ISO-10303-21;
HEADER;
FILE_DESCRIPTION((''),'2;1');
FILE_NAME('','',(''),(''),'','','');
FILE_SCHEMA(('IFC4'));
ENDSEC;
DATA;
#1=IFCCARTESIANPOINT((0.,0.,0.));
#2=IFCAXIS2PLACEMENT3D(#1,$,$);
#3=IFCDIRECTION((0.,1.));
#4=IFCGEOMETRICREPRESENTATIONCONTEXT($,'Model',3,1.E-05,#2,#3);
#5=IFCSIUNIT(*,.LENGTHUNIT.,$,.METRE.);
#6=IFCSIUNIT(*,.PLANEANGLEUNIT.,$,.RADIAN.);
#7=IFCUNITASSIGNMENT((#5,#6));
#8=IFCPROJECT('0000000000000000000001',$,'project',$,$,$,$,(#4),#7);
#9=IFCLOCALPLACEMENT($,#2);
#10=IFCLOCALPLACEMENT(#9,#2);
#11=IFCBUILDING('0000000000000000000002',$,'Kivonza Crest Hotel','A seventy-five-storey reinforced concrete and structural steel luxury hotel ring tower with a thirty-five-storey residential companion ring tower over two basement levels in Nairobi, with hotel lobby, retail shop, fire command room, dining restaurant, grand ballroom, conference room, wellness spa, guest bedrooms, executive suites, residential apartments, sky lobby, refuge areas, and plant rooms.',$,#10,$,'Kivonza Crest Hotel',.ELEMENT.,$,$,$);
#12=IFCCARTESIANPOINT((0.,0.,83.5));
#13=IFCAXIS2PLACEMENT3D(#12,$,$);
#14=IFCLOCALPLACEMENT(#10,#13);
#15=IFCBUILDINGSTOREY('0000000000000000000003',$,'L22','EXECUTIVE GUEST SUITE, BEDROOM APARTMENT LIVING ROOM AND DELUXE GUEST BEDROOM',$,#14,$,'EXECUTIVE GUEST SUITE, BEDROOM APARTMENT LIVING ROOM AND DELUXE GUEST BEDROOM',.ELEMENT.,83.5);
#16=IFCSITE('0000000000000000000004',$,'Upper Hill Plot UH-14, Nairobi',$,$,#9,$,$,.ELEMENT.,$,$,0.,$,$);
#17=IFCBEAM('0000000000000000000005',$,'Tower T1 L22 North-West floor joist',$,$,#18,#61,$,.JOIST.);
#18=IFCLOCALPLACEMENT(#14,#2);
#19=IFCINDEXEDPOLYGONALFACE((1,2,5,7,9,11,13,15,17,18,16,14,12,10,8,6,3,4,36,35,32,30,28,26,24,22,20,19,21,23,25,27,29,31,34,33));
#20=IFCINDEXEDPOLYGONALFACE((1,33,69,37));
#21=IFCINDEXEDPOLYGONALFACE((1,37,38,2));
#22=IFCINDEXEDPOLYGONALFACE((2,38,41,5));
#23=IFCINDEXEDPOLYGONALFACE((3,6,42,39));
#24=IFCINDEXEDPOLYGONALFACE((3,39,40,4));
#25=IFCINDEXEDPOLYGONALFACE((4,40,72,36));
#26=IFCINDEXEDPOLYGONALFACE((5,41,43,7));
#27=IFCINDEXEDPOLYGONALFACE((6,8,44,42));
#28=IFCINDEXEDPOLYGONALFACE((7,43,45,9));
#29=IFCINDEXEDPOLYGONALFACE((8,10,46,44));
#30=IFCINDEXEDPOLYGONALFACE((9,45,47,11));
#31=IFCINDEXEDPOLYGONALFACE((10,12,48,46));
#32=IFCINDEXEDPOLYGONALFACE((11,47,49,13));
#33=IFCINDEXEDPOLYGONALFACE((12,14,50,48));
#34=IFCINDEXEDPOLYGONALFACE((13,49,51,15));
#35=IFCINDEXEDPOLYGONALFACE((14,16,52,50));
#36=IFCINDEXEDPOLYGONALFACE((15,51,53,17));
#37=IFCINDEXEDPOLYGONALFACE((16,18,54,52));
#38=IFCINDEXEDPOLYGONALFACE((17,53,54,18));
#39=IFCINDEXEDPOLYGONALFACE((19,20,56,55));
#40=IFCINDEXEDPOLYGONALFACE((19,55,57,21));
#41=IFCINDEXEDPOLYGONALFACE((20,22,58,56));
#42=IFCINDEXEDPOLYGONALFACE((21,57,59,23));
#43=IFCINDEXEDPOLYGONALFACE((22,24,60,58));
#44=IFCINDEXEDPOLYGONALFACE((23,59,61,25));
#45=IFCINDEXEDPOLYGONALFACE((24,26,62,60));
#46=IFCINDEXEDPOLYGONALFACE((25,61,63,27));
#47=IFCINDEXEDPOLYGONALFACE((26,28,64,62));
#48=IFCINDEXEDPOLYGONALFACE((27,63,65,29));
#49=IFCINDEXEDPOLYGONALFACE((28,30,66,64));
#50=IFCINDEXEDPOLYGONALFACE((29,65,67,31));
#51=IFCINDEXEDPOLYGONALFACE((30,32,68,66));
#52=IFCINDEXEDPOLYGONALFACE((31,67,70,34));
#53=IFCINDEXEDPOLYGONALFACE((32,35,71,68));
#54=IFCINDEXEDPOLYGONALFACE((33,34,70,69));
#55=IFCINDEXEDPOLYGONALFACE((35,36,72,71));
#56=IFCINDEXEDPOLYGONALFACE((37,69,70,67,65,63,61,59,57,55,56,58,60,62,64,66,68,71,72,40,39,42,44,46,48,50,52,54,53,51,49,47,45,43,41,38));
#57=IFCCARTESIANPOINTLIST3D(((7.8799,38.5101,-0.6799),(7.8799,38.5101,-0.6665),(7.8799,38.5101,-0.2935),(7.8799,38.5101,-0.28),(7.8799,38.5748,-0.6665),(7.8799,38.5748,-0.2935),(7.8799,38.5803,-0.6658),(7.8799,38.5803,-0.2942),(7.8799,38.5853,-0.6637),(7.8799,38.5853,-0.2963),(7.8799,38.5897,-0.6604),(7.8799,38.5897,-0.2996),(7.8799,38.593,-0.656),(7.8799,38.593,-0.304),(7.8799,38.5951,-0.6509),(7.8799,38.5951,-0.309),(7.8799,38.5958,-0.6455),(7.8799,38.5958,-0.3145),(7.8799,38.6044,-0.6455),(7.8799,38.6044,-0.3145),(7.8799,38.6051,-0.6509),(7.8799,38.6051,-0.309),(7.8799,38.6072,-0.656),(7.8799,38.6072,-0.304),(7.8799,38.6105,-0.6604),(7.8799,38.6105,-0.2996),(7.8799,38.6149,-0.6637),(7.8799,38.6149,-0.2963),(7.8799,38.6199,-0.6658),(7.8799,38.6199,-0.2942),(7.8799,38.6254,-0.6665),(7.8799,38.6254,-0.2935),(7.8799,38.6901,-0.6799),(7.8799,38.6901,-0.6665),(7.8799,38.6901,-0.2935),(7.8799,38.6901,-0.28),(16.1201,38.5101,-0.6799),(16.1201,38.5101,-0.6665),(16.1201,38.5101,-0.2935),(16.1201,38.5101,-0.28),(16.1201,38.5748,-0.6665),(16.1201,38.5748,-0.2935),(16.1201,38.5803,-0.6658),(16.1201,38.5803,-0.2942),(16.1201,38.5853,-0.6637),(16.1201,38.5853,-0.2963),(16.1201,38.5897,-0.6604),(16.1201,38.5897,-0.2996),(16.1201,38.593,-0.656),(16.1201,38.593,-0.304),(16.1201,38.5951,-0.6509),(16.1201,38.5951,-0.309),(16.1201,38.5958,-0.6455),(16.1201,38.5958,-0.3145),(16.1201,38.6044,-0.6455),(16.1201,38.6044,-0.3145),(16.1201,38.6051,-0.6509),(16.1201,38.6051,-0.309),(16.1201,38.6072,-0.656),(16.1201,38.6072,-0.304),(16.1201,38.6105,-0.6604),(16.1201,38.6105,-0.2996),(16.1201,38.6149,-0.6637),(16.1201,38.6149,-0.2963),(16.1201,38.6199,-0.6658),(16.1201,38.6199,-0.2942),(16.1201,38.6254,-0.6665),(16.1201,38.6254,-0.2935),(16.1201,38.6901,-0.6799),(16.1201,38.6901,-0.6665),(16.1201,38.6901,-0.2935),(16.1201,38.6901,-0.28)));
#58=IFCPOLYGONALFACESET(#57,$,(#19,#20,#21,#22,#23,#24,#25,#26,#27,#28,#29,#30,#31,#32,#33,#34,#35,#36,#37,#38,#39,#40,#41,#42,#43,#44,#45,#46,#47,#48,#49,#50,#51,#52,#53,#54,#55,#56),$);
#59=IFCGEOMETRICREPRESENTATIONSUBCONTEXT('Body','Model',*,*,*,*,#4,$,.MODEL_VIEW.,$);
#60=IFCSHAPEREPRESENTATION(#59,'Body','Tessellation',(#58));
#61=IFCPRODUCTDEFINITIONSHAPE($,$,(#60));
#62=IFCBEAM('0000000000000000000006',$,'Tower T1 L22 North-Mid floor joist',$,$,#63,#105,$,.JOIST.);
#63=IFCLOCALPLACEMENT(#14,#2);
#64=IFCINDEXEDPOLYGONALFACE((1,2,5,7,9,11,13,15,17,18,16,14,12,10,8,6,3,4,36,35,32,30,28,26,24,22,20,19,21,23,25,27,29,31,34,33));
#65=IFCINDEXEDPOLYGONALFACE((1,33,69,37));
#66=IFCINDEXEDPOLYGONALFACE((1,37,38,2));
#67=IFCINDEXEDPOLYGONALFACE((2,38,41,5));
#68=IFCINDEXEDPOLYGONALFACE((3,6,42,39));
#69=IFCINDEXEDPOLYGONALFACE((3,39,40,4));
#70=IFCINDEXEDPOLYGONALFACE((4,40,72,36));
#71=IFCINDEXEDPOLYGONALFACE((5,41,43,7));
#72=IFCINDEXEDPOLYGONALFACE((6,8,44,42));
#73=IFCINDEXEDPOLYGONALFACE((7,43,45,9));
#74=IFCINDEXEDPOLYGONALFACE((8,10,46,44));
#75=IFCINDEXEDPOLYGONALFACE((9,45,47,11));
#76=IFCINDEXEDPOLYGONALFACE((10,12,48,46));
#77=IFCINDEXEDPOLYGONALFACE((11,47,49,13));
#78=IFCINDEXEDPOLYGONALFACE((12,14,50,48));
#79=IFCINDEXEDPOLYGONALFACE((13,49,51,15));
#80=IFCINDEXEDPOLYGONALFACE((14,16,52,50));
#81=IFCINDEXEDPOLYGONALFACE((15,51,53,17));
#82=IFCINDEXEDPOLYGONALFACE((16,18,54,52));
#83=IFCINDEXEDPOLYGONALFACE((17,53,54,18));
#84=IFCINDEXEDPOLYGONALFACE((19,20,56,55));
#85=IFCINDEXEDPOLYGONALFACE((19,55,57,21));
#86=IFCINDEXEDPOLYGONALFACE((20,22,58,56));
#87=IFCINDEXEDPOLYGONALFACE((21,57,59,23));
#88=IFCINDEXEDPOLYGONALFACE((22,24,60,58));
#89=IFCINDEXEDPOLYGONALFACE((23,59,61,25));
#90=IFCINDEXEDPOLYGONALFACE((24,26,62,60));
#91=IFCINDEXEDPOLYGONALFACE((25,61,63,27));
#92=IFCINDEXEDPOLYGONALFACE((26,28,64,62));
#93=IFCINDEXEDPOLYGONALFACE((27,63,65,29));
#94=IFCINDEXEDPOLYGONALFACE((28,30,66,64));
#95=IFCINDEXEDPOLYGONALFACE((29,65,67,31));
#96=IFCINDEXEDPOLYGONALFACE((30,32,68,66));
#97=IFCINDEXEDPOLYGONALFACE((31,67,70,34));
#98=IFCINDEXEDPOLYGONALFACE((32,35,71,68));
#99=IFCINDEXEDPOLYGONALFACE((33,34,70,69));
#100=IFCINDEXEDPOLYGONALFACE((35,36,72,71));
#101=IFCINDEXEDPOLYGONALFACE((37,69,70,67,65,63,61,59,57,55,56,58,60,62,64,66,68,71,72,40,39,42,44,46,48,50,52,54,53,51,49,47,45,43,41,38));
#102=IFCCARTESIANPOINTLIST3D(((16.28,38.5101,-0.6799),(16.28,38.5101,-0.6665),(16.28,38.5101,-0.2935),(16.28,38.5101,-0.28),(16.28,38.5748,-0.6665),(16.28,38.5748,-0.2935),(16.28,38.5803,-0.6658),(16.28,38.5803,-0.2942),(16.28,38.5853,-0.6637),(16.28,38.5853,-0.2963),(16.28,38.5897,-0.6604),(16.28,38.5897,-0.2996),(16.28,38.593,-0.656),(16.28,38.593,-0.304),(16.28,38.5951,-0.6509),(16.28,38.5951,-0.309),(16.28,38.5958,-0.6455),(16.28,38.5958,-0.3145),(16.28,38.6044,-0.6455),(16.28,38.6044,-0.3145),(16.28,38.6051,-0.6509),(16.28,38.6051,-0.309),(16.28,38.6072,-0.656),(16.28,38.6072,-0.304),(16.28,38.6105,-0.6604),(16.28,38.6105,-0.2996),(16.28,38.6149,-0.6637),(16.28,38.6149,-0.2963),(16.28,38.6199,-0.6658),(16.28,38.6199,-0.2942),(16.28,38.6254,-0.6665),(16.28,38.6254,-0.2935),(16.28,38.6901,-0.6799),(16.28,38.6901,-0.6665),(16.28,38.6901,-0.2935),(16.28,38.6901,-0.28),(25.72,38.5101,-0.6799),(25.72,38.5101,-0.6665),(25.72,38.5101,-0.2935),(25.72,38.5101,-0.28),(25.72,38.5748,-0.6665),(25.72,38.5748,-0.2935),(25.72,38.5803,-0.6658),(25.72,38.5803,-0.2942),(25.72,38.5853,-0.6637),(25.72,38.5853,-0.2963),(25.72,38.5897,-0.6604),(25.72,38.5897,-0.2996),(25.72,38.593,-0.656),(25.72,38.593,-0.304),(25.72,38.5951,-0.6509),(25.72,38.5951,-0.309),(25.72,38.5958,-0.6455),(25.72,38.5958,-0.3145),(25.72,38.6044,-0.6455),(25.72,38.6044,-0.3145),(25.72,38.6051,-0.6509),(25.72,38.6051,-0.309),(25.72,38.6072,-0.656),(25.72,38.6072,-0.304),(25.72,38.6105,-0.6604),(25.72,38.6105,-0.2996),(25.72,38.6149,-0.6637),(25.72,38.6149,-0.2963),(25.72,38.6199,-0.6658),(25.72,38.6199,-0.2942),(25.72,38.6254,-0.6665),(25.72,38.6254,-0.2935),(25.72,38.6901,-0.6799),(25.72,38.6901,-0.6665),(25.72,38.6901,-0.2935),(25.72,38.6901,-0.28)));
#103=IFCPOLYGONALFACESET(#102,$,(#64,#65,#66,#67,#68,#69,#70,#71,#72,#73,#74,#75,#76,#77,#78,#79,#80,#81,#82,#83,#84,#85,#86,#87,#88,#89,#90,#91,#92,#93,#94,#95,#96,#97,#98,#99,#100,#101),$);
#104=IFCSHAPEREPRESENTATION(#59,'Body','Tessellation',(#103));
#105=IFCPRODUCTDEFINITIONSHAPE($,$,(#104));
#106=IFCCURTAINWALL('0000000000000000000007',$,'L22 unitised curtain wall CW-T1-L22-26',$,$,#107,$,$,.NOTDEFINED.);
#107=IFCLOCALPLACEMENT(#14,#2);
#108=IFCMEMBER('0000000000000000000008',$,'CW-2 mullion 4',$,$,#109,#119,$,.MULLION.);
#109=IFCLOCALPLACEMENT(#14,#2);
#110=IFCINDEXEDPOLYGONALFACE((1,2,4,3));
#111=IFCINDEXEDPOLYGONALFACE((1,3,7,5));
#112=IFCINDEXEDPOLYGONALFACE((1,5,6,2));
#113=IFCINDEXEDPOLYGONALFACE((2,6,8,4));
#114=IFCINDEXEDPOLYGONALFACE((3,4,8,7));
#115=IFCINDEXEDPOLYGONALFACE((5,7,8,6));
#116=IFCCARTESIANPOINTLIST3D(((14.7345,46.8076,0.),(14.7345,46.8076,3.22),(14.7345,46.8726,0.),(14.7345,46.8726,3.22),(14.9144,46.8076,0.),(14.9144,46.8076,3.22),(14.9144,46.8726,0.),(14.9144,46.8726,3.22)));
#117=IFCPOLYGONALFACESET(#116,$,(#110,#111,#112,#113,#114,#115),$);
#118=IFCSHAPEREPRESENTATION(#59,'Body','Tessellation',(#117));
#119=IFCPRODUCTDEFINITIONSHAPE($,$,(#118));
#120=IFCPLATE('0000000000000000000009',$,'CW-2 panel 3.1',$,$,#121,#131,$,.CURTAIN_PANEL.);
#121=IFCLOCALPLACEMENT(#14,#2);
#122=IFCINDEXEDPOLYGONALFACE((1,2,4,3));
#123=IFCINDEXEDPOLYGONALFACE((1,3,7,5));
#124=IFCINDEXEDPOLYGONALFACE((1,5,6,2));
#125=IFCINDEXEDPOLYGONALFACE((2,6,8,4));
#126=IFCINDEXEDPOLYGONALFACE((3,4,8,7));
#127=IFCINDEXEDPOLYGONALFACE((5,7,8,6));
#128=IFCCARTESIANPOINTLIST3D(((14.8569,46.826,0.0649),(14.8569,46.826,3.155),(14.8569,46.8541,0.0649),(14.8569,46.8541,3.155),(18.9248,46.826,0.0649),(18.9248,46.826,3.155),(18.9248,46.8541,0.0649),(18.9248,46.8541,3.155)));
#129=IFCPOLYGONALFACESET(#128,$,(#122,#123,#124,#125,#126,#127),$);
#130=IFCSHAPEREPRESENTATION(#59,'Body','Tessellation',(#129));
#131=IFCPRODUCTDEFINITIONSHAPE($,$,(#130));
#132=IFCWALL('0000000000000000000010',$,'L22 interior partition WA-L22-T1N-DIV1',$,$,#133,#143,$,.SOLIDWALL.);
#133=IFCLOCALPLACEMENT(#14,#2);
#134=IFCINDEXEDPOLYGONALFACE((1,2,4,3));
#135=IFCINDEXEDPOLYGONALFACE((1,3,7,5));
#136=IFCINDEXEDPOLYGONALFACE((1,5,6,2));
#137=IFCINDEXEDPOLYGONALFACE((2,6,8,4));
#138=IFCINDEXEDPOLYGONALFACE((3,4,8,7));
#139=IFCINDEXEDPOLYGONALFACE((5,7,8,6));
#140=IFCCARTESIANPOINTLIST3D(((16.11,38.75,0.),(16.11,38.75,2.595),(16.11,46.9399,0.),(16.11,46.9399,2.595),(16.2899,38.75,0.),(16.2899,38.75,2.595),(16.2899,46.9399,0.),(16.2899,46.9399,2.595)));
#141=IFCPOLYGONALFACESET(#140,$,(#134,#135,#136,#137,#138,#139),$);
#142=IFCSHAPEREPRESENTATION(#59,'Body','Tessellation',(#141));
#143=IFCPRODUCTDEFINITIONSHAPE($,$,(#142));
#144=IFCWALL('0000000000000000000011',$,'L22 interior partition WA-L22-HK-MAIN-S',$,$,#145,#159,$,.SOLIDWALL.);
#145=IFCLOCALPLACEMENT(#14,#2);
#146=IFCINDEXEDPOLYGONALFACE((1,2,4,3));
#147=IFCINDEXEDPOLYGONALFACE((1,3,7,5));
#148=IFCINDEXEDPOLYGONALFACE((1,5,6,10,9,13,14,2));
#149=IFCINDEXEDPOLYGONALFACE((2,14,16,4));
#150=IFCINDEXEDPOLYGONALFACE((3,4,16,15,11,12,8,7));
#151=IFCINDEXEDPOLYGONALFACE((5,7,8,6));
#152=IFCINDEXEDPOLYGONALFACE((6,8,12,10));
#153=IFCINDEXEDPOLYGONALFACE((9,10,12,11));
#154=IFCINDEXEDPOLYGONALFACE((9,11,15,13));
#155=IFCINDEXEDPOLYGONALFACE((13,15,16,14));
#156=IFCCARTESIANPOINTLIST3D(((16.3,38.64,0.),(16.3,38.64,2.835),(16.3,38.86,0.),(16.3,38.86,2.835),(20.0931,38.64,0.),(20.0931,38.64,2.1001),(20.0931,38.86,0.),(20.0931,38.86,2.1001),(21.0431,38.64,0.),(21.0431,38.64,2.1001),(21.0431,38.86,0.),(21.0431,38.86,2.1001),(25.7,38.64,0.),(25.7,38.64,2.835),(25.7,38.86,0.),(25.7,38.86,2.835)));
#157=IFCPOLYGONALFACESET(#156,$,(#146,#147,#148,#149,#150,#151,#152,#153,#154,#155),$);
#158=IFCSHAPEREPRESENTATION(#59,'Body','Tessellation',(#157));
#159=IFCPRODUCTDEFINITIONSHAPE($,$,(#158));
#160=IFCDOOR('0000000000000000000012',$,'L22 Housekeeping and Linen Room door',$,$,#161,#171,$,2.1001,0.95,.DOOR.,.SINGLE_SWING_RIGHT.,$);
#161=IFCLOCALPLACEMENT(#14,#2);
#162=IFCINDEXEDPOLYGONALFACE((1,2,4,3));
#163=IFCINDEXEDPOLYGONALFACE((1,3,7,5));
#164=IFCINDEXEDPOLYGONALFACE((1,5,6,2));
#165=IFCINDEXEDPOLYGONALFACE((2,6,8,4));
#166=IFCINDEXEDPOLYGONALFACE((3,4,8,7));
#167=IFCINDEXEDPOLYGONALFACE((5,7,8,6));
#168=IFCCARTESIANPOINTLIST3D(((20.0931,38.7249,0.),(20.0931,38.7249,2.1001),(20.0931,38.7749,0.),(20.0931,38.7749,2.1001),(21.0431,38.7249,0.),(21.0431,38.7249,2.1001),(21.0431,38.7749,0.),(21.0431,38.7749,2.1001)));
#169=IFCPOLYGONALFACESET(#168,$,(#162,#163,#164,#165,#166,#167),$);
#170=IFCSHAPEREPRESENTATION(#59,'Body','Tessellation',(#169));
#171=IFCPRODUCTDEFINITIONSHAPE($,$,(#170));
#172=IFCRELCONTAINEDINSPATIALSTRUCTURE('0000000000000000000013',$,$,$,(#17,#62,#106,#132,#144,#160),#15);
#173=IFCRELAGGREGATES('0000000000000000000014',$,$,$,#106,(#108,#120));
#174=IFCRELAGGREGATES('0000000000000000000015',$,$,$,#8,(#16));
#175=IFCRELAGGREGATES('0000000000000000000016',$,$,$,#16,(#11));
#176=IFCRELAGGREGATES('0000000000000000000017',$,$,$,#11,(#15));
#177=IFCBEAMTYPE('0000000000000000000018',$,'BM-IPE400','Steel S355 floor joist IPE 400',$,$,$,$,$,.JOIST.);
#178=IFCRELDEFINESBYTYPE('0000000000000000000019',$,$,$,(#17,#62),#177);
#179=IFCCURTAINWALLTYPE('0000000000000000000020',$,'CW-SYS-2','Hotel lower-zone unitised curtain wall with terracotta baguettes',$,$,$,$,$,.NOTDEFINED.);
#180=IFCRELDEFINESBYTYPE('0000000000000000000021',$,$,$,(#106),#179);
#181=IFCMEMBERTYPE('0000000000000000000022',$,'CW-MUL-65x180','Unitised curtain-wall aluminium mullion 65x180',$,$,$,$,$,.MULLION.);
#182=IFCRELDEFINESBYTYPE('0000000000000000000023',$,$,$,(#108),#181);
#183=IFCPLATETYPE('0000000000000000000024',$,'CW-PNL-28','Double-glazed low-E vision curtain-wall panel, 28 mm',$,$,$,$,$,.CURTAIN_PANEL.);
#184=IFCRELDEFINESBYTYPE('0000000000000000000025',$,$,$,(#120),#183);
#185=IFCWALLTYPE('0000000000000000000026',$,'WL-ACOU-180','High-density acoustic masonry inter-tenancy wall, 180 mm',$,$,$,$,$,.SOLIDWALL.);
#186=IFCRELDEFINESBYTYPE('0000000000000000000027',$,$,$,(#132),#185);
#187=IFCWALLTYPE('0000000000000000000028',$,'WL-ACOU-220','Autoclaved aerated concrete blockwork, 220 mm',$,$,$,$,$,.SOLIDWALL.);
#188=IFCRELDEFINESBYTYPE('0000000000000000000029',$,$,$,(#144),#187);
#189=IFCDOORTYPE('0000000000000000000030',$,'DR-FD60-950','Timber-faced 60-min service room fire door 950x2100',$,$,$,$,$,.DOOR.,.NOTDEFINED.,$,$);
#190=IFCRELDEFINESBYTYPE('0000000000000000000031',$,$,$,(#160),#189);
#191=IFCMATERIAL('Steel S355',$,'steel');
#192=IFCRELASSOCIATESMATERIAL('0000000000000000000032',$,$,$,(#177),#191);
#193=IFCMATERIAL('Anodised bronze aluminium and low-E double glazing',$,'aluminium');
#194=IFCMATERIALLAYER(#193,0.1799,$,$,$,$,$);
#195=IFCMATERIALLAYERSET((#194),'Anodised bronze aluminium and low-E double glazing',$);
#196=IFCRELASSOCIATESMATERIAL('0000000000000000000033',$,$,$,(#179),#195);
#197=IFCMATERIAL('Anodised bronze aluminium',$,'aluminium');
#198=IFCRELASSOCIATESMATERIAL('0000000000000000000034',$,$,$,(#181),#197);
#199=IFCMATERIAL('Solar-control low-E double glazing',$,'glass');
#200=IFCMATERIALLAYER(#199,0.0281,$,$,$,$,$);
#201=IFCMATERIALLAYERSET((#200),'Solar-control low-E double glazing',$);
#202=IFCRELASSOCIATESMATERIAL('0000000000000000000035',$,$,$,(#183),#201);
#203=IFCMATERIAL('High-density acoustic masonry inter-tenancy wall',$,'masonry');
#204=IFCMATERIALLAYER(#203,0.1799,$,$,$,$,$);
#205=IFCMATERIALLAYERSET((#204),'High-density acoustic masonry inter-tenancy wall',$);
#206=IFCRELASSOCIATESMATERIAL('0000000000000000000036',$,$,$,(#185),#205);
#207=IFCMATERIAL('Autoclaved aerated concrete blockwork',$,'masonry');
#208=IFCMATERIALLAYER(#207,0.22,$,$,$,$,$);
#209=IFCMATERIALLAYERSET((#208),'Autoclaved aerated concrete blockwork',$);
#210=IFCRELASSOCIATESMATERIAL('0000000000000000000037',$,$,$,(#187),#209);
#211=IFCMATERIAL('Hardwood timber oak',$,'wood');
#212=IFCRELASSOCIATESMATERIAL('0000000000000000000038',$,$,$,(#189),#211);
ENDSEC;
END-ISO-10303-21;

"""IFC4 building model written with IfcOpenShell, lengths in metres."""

from ifc_helpers import new_model, si_unit, direction, frame, frame_2d, origin, origin_2d, place, context, subcontext, project, spatial, rectangle, i_section, extrude, material, layer, layer_set, material_profile, profile_set, type_object, element, fill, aggregate, save


model = new_model("IFC4")

# Units and contexts
model_context = context("Model", 3, precision=1e-05, world=origin(), true_north=direction((0.0, 1.0)))
body_context = subcontext(model_context, "Body", "Model", "MODEL_VIEW")
ifc_project = project(units=[si_unit("LENGTHUNIT", "METRE"), si_unit("PLANEANGLEUNIT", "RADIAN")], contexts=[model_context])

# Site, building, storey
site_placement = place(None, origin())
site = spatial("IfcSite", under=ifc_project, at=site_placement, Name="Upper Hill Plot UH-14, Nairobi", CompositionType="ELEMENT", RefElevation=0.0)
building_placement = place(site_placement, origin())
building = spatial("IfcBuilding", under=site, at=building_placement, Name="Kivonza Crest Hotel", Description="A seventy-five-storey reinforced concrete and structural steel luxury hotel ring tower with a thirty-five-storey residential companion ring tower over two basement levels in Nairobi, with hotel lobby, retail shop, fire command room, dining restaurant, grand ballroom, conference room, wellness spa, guest bedrooms, executive suites, residential apartments, sky lobby, refuge areas, and plant rooms.", LongName="Kivonza Crest Hotel", CompositionType="ELEMENT")
storey_placement = place(building_placement, frame((0.0, 0.0, 83.5)))
storey = spatial("IfcBuildingStorey", under=building, at=storey_placement, Name="L22", Description="EXECUTIVE GUEST SUITE, BEDROOM APARTMENT LIVING ROOM AND DELUXE GUEST BEDROOM", LongName="EXECUTIVE GUEST SUITE, BEDROOM APARTMENT LIVING ROOM AND DELUXE GUEST BEDROOM", CompositionType="ELEMENT", Elevation=83.5)

# Beams
ifc_material_1 = material(Name="Steel S355", Category="steel")
ifc_material_profile_1 = material_profile(ifc_material_1, i_section(OverallWidth=0.1799, OverallDepth=0.3999, WebThickness=0.0085, FlangeThickness=0.0134, FilletRadius=0.021, at=origin_2d()), Name="IPE 400")
ifc_profile_set_1 = profile_set([ifc_material_profile_1], Name="Steel S355")
beam_type_1 = type_object("IfcBeamType", Name="BM-IPE400", Description="Steel S355 floor joist IPE 400", PredefinedType="JOIST", material=ifc_profile_set_1)
beam_1_placement = place(storey_placement, frame((7.8799, 38.6001, -0.48), z_axis=(1.0, 0.0, 0.0), x_axis=(0.0, 1.0, 0.0)))
element("IfcBeam", 1, at=beam_1_placement, inside=storey, type_object=beam_type_1, Name="Tower T1 L22 North-West floor joist", PredefinedType="JOIST", context=body_context, shape_type="SweptSolid", body=[
    extrude(i_section(OverallWidth=0.1799, OverallDepth=0.3999, WebThickness=0.0085, FlangeThickness=0.0134, FilletRadius=0.021, at=origin_2d()), origin(), (0.0, 0.0, 1.0), 8.2402),
])
beam_2_placement = place(storey_placement, frame((16.28, 38.6001, -0.48), z_axis=(1.0, 0.0, 0.0), x_axis=(0.0, 1.0, 0.0)))
element("IfcBeam", 2, at=beam_2_placement, inside=storey, type_object=beam_type_1, Name="Tower T1 L22 North-Mid floor joist", PredefinedType="JOIST", context=body_context, shape_type="SweptSolid", body=[
    extrude(i_section(OverallWidth=0.1799, OverallDepth=0.3999, WebThickness=0.0085, FlangeThickness=0.0134, FilletRadius=0.021, at=origin_2d()), origin(), (0.0, 0.0, 1.0), 9.4399),
])

# Curtain wall, member, plate
ifc_material_2 = material(Name="Anodised bronze aluminium and low-E double glazing", Category="aluminium")
ifc_layer_1 = layer(ifc_material_2, 0.1799)
ifc_layer_set_1 = layer_set([ifc_layer_1], Name="Anodised bronze aluminium and low-E double glazing")
curtain_wall_type = type_object("IfcCurtainWallType", Name="CW-SYS-2", Description="Hotel lower-zone unitised curtain wall with terracotta baguettes", PredefinedType="NOTDEFINED", material=ifc_layer_set_1)
curtain_wall_placement = place(storey_placement, origin())
curtain_wall = element("IfcCurtainWall", 3, at=curtain_wall_placement, inside=storey, type_object=curtain_wall_type, Name="L22 unitised curtain wall CW-T1-L22-26", PredefinedType="NOTDEFINED")
ifc_material_3 = material(Name="Anodised bronze aluminium", Category="aluminium")
ifc_material_profile_2 = material_profile(ifc_material_3, rectangle(XDim=0.0649, YDim=0.1799, at=origin_2d()), Name="CW-M 65x180")
ifc_profile_set_2 = profile_set([ifc_material_profile_2], Name="Anodised bronze aluminium")
member_type = type_object("IfcMemberType", Name="CW-MUL-65x180", Description="Unitised curtain-wall aluminium mullion 65x180", PredefinedType="MULLION", material=ifc_profile_set_2)
member_placement = place(storey_placement, frame((14.8245, 46.8401, 0.0), z_axis=(0.0, 0.0, 1.0), x_axis=(0.0, -1.0, 0.0)))
member = element("IfcMember", 4, at=member_placement, type_object=member_type, Name="CW-2 mullion 4", PredefinedType="MULLION", context=body_context, shape_type="SweptSolid", body=[
    extrude(rectangle(XDim=0.0649, YDim=0.1799, at=origin_2d()), origin(), (0.0, 0.0, 1.0), 3.22),
])
ifc_material_4 = material(Name="Solar-control low-E double glazing", Category="glass")
ifc_layer_2 = layer(ifc_material_4, 0.0281)
ifc_layer_set_2 = layer_set([ifc_layer_2], Name="Solar-control low-E double glazing")
plate_type = type_object("IfcPlateType", Name="CW-PNL-28", Description="Double-glazed low-E vision curtain-wall panel, 28 mm", PredefinedType="CURTAIN_PANEL", material=ifc_layer_set_2)
plate_placement = place(storey_placement, frame((16.8909, 46.8401, 0.0649), z_axis=(0.0, 0.0, 1.0), x_axis=(-1.0, 0.0, 0.0)))
plate = element("IfcPlate", 5, at=plate_placement, type_object=plate_type, Name="CW-2 panel 3.1", PredefinedType="CURTAIN_PANEL", context=body_context, shape_type="SweptSolid", body=[
    extrude(rectangle(XDim=4.0679, YDim=0.0281, at=origin_2d()), origin(), (0.0, 0.0, 1.0), 3.0901),
])
aggregate(curtain_wall, [member, plate])

# Wall
ifc_material_5 = material(Name="High-density acoustic masonry inter-tenancy wall", Category="masonry")
ifc_layer_3 = layer(ifc_material_5, 0.1799)
ifc_layer_set_3 = layer_set([ifc_layer_3], Name="High-density acoustic masonry inter-tenancy wall")
wall_type_1 = type_object("IfcWallType", Name="WL-ACOU-180", Description="High-density acoustic masonry inter-tenancy wall, 180 mm", PredefinedType="SOLIDWALL", material=ifc_layer_set_3)
wall_1_placement = place(storey_placement, frame((16.2, 38.75, 0.0), z_axis=(0.0, 0.0, 1.0), x_axis=(0.0, 1.0, 0.0)))
element("IfcWall", 6, at=wall_1_placement, inside=storey, type_object=wall_type_1, Name="L22 interior partition WA-L22-T1N-DIV1", PredefinedType="SOLIDWALL", context=body_context, shape_type="SweptSolid", body=[
    extrude(rectangle(XDim=8.1899, YDim=0.1799, at=frame_2d((4.095, 0.0))), origin(), (0.0, 0.0, 1.0), 2.595),
])

# Wall, opening, door
ifc_material_6 = material(Name="Autoclaved aerated concrete blockwork", Category="masonry")
ifc_layer_4 = layer(ifc_material_6, 0.22)
ifc_layer_set_4 = layer_set([ifc_layer_4], Name="Autoclaved aerated concrete blockwork")
wall_type_2 = type_object("IfcWallType", Name="WL-ACOU-220", Description="Autoclaved aerated concrete blockwork, 220 mm", PredefinedType="SOLIDWALL", material=ifc_layer_set_4)
wall_2_placement = place(storey_placement, frame((16.3, 38.75, 0.0), z_axis=(0.0, 0.0, 1.0), x_axis=(1.0, 0.0, 0.0)))
wall_2 = element("IfcWall", 7, at=wall_2_placement, inside=storey, type_object=wall_type_2, Name="L22 interior partition WA-L22-HK-MAIN-S", PredefinedType="SOLIDWALL", context=body_context, shape_type="SweptSolid", body=[
    extrude(rectangle(XDim=9.3999, YDim=0.22, at=frame_2d((4.7, 0.0))), origin(), (0.0, 0.0, 1.0), 2.835),
])
opening_1_placement = place(wall_2_placement, frame((3.793, 0.0, 0.0)))
opening_1 = element("IfcOpeningElement", 8, at=opening_1_placement, cuts=wall_2, PredefinedType="OPENING", context=body_context, shape_type="SweptSolid", body=[
    extrude(rectangle(XDim=0.95, YDim=2.1001, at=frame_2d((0.4751, 1.05))), frame((0.0, 0.1201, 0.0), z_axis=(0.0, -1.0, 0.0), x_axis=(1.0, 0.0, 0.0)), (0.0, 0.0, 1.0), 0.24),
])
ifc_material_7 = material(Name="Hardwood timber oak", Category="wood")
door_type = type_object("IfcDoorType", Name="DR-FD60-950", Description="Timber-faced 60-min service room fire door 950x2100", OperationType="NOTDEFINED", PredefinedType="DOOR", material=ifc_material_7)
door_placement = place(opening_1_placement, origin())
door = element("IfcDoor", 9, at=door_placement, inside=storey, type_object=door_type, Name="L22 Housekeeping and Linen Room door", OperationType="SINGLE_SWING_RIGHT", OverallHeight=2.1001, OverallWidth=0.95, PredefinedType="DOOR", context=body_context, shape_type="SweptSolid", body=[
    extrude(rectangle(XDim=0.95, YDim=2.1001, at=frame_2d((0.4751, 1.05))), frame((0.0, 0.0249, 0.0), z_axis=(0.0, -1.0, 0.0), x_axis=(1.0, 0.0, 0.0)), (0.0, 0.0, 1.0), 0.05),
])
fill(opening_1, door)

save(model, "model.ifc")
